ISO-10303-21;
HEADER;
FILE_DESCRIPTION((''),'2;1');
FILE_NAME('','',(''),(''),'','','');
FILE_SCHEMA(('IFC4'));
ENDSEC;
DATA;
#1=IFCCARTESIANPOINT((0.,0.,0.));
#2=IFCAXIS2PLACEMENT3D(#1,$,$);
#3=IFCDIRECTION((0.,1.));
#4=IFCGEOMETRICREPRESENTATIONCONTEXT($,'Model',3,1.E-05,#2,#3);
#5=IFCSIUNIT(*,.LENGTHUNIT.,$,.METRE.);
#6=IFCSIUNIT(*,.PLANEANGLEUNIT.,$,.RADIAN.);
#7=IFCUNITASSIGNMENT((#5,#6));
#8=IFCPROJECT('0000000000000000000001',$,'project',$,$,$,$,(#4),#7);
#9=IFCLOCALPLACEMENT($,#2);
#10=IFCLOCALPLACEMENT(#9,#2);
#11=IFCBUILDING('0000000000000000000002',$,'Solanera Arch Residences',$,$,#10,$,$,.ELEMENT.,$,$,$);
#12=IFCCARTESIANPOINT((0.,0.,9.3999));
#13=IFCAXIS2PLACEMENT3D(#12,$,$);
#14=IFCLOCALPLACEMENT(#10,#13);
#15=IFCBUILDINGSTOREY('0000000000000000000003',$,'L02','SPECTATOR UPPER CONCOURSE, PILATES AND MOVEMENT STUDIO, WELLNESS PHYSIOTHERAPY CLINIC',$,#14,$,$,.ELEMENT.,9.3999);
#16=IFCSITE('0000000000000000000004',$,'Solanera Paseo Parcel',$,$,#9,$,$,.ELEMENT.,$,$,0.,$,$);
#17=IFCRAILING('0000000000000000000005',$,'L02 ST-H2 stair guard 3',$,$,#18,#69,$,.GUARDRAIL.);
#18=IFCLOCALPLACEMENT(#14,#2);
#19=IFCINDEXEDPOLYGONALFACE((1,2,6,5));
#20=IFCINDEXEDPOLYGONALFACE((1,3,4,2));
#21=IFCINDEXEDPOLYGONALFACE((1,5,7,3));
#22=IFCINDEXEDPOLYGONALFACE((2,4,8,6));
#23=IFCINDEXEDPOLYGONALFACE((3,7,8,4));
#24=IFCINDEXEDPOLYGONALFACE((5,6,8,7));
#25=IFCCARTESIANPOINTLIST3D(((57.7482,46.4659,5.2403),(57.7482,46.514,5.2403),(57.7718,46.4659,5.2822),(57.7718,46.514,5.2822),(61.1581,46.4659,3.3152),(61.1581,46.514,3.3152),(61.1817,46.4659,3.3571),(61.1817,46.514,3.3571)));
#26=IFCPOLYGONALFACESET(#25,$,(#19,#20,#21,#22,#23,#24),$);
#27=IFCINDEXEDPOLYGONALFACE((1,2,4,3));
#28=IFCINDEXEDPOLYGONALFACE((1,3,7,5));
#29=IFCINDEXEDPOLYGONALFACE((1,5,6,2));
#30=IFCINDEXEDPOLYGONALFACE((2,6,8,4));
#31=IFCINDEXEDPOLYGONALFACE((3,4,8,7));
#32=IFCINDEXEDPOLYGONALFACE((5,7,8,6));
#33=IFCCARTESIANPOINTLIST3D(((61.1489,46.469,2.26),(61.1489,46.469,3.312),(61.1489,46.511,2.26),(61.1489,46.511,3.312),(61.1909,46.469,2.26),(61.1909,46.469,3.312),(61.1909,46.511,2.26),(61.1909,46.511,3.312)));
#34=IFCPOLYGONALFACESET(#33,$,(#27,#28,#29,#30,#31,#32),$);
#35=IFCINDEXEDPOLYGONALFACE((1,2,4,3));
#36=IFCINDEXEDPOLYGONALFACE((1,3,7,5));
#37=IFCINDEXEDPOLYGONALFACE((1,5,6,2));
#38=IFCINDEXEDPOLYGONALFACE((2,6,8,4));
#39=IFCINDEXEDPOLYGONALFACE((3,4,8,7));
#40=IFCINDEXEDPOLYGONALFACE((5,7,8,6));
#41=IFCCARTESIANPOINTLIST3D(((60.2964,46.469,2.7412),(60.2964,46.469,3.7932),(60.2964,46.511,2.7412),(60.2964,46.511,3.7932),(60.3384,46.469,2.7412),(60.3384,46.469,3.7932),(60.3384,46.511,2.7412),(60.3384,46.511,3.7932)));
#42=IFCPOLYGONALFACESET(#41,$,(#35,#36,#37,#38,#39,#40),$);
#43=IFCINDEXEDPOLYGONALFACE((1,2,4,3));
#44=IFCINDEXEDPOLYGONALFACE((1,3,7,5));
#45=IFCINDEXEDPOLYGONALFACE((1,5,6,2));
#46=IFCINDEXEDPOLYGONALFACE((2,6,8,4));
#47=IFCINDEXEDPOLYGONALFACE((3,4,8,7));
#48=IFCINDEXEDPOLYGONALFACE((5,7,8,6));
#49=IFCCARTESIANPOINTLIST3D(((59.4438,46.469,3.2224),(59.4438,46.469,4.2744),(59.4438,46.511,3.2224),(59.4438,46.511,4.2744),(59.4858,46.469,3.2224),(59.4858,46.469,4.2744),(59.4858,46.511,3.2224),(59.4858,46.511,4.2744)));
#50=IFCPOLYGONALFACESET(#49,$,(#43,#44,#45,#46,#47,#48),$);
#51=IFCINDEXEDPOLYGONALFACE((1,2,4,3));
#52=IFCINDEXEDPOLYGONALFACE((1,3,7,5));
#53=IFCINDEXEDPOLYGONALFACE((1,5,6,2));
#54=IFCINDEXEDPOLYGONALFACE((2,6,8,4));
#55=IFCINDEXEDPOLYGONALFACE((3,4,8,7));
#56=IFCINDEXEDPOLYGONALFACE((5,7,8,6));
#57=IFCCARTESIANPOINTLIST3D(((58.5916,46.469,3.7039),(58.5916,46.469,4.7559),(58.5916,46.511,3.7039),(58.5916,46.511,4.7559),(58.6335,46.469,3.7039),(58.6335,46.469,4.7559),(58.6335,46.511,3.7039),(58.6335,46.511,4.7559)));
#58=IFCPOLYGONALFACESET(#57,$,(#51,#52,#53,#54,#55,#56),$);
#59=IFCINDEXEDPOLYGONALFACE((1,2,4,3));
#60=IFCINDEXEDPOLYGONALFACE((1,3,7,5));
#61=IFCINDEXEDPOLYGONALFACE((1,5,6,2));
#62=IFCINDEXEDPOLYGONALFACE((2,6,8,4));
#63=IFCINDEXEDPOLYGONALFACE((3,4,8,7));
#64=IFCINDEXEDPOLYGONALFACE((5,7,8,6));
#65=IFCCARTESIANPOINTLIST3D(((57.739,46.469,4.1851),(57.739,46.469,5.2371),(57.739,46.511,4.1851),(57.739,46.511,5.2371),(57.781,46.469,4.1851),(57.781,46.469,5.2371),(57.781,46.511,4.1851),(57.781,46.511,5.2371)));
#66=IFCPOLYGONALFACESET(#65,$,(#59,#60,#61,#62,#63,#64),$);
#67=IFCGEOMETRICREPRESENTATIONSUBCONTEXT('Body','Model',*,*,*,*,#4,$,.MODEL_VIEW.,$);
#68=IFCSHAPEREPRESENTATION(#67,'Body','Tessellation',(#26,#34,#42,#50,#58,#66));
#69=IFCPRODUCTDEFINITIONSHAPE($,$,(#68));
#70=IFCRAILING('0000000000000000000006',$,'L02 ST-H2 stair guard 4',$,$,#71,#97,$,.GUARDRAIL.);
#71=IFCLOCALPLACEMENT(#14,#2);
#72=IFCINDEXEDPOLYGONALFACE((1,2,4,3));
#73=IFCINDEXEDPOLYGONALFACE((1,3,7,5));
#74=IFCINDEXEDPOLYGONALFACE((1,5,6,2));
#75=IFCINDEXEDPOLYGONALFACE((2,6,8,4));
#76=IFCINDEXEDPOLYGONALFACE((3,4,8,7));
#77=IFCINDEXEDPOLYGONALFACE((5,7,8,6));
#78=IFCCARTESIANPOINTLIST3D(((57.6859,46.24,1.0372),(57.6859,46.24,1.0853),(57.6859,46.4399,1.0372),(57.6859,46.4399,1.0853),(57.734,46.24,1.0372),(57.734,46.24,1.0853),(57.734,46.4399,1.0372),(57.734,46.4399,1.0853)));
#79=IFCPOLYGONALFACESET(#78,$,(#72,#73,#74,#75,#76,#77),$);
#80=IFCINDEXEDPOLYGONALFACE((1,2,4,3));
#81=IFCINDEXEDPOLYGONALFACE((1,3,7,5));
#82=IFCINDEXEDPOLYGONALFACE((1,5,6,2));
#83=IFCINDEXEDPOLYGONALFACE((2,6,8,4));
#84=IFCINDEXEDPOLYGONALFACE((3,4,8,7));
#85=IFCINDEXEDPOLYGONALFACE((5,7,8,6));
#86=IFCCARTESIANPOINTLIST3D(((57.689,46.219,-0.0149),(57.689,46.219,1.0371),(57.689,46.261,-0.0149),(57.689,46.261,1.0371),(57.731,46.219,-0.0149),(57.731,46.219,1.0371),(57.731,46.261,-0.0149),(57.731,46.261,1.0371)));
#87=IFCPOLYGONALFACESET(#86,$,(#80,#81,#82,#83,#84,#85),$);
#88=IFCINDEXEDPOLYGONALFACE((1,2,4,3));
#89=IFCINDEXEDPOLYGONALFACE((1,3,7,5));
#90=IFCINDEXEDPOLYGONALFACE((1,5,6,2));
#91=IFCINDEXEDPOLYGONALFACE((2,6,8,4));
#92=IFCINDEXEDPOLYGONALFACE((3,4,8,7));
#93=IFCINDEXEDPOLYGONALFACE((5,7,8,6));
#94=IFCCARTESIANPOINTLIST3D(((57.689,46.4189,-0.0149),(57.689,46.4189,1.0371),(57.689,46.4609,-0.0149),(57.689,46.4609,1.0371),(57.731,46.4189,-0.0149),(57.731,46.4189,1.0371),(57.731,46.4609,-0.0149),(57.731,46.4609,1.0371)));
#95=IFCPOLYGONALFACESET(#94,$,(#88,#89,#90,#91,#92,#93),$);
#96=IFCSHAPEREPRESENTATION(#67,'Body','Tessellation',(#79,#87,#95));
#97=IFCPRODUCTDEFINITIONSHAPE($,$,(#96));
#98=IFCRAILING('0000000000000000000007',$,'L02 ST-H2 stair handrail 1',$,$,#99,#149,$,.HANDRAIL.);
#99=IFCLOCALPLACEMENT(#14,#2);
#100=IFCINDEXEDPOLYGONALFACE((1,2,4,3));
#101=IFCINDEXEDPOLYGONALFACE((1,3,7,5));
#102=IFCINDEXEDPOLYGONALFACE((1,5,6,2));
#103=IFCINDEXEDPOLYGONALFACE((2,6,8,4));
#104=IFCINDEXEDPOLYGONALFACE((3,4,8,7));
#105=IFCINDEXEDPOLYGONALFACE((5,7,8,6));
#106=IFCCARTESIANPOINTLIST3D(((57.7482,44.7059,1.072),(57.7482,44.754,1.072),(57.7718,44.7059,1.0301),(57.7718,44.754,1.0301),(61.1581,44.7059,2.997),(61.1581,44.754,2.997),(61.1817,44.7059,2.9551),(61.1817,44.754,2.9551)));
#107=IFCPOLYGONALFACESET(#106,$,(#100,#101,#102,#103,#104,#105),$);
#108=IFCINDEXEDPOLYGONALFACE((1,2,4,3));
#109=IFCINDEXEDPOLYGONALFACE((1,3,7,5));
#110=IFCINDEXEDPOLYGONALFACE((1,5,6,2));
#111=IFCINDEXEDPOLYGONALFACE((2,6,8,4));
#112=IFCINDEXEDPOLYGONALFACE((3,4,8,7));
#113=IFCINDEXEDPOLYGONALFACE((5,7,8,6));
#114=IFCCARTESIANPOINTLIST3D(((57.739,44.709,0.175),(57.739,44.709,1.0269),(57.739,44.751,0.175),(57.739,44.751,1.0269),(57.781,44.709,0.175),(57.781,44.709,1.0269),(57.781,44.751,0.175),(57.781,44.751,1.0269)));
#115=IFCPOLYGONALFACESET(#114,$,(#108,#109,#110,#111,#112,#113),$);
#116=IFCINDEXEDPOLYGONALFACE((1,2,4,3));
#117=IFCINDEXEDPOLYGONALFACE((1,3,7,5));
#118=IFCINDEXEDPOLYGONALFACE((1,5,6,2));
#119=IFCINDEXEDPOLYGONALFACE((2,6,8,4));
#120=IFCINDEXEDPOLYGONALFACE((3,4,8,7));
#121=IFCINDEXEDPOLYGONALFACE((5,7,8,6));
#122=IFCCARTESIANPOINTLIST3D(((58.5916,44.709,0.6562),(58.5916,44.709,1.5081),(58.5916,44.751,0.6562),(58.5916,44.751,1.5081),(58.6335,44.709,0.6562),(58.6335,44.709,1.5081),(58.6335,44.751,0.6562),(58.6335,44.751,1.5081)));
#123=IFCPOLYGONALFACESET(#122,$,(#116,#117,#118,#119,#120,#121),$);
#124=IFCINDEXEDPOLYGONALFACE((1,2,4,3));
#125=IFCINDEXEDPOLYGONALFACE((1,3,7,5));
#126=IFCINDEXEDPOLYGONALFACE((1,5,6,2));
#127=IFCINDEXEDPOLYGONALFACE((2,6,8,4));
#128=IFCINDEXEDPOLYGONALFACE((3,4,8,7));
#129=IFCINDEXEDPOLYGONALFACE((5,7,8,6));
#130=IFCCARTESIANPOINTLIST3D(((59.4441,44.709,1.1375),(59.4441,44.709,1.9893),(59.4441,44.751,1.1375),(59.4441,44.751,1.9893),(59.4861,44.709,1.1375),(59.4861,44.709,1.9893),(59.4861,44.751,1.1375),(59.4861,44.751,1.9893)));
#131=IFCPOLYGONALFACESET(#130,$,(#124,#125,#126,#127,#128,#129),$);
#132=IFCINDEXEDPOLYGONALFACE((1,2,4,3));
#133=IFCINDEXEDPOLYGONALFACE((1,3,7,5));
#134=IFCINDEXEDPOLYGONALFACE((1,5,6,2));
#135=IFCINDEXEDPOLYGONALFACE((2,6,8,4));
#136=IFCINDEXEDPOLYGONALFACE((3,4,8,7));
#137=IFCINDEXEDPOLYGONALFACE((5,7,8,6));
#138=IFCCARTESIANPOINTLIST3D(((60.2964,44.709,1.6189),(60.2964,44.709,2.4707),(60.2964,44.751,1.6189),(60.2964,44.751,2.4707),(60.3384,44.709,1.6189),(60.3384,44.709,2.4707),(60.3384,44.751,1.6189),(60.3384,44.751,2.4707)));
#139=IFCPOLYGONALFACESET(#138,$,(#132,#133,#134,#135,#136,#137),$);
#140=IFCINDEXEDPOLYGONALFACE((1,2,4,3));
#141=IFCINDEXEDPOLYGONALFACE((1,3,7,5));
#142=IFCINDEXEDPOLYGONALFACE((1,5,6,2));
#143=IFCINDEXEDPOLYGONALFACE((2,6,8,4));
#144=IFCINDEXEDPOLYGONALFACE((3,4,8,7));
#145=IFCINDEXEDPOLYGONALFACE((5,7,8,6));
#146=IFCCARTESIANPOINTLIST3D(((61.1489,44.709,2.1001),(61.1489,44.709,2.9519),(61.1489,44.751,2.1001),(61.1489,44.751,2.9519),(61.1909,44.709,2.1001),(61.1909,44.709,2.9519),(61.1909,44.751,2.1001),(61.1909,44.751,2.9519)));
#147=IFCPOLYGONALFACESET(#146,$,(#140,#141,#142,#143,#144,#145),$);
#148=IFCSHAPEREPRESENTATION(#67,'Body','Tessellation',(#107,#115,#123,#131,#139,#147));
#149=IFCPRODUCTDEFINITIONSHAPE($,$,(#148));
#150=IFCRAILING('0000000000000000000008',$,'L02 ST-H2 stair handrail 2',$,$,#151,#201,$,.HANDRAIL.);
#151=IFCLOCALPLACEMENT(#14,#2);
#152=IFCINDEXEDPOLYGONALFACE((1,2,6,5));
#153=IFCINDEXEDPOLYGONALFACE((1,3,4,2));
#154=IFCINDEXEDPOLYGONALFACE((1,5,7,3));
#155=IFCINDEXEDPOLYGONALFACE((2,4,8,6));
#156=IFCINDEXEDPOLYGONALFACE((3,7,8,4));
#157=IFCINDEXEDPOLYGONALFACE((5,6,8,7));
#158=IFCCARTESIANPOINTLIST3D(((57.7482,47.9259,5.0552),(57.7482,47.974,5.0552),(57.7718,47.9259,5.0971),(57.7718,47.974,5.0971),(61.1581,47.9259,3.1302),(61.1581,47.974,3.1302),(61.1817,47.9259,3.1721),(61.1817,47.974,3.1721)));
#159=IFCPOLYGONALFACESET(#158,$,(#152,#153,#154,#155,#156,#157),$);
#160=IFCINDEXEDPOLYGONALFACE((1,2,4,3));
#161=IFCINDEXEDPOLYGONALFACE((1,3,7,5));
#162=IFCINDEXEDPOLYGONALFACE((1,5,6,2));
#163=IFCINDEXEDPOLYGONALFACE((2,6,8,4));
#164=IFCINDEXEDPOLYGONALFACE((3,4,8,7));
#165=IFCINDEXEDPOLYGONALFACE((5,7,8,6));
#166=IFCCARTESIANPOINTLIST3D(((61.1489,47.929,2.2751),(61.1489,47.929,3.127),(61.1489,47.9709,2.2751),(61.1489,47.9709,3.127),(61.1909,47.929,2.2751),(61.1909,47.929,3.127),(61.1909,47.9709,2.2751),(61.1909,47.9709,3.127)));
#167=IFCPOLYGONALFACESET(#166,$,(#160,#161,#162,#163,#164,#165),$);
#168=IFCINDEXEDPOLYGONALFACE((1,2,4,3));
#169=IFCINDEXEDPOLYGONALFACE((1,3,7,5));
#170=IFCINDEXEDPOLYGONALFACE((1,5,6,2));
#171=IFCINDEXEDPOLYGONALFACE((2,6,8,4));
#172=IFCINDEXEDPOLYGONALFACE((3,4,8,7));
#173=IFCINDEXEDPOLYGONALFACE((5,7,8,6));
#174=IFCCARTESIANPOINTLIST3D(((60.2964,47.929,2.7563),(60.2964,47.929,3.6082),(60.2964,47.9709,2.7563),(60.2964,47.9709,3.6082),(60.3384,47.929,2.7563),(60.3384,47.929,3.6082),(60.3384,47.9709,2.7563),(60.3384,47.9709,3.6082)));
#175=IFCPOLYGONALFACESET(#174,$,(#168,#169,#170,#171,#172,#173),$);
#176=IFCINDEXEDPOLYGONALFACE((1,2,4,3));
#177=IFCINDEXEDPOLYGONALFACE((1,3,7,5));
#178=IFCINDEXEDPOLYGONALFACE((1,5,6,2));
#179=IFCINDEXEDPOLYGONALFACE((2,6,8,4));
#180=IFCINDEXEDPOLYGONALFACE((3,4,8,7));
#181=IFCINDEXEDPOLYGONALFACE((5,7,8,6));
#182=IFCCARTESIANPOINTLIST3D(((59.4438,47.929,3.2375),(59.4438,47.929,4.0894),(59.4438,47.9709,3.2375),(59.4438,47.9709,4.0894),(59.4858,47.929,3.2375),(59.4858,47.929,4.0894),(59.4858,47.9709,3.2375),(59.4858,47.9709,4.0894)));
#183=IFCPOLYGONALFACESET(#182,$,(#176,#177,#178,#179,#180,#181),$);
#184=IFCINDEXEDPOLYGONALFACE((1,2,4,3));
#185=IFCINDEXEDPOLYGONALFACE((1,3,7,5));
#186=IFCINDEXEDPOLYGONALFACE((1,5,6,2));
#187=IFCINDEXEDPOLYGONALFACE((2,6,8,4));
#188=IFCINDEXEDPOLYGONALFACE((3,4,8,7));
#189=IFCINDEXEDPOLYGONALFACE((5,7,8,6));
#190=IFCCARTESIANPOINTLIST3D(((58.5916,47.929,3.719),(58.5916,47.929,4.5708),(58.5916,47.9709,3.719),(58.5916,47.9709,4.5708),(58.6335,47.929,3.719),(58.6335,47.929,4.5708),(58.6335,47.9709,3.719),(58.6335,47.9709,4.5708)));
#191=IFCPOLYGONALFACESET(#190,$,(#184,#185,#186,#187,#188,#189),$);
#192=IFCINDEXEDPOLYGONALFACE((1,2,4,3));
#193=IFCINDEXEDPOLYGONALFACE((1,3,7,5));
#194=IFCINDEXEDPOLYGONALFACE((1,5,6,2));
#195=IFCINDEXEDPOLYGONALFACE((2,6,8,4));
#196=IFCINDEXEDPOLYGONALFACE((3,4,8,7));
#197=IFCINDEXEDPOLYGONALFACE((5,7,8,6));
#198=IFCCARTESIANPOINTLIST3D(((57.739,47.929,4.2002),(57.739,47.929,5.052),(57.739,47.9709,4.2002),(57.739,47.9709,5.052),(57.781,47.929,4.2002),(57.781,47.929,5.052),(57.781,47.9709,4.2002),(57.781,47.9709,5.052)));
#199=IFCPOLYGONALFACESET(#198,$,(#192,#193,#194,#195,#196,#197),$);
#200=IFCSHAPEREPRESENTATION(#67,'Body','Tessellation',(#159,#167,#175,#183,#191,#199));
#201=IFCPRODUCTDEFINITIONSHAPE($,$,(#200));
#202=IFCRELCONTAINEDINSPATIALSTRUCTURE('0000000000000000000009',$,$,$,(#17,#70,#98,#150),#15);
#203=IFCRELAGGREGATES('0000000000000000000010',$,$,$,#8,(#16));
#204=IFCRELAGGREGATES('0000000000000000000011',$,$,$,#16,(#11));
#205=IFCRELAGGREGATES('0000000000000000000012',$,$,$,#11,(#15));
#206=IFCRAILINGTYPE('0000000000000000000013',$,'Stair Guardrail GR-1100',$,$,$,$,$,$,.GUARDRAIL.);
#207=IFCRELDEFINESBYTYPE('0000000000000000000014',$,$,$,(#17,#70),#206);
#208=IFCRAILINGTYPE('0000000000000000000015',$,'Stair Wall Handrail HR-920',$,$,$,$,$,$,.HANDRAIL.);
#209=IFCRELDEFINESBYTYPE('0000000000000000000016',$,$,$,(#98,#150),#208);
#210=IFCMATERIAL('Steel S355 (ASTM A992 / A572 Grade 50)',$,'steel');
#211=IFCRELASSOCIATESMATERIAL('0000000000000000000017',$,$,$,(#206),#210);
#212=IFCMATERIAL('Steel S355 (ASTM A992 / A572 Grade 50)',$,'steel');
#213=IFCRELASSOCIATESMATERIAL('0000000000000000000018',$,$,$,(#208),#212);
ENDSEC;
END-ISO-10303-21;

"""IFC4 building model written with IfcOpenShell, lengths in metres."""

from ifc_helpers import new_model, si_unit, direction, frame, origin, origin_2d, place, context, subcontext, project, spatial, rectangle, extrude, material, type_object, element, save


model = new_model("IFC4")

# Units and contexts
model_context = context("Model", 3, precision=1e-05, world=origin(), true_north=direction((0.0, 1.0)))
body_context = subcontext(model_context, "Body", "Model", "MODEL_VIEW")
ifc_project = project(units=[si_unit("LENGTHUNIT", "METRE"), si_unit("PLANEANGLEUNIT", "RADIAN")], contexts=[model_context])

# Site, building, storey
site_placement = place(None, origin())
site = spatial("IfcSite", under=ifc_project, at=site_placement, Name="Solanera Paseo Parcel", CompositionType="ELEMENT", RefElevation=0.0)
building_placement = place(site_placement, origin())
building = spatial("IfcBuilding", under=site, at=building_placement, Name="Solanera Arch Residences", CompositionType="ELEMENT")
storey_placement = place(building_placement, frame((0.0, 0.0, 9.3999)))
storey = spatial("IfcBuildingStorey", under=building, at=storey_placement, Name="L02", Description="SPECTATOR UPPER CONCOURSE, PILATES AND MOVEMENT STUDIO, WELLNESS PHYSIOTHERAPY CLINIC", CompositionType="ELEMENT", Elevation=9.3999)

# Railings
ifc_material_1 = material(Name="Steel S355 (ASTM A992 / A572 Grade 50)", Category="steel")
railing_type_1 = type_object("IfcRailingType", Name="Stair Guardrail GR-1100", PredefinedType="GUARDRAIL", material=ifc_material_1)
railing_1_placement = place(storey_placement, frame((61.1699, 46.49, 2.26)))
element("IfcRailing", 1, at=railing_1_placement, inside=storey, type_object=railing_type_1, Name="L02 ST-H2 stair guard 3", PredefinedType="GUARDRAIL", context=body_context, shape_type="SweptSolid", body=[
    extrude(rectangle(XDim=0.0481, YDim=0.0481, at=origin_2d()), frame((0.0, 0.0, 1.0762), z_axis=(-0.870814, 0.0, 0.491613), x_axis=(0.0, -1.0, 0.0)), (0.0, 0.0, 1.0), 3.9158),
    extrude(rectangle(XDim=0.042, YDim=0.042, at=origin_2d()), origin(), (0.0, 0.0, 1.0), 1.052),
    extrude(rectangle(XDim=0.042, YDim=0.042, at=origin_2d()), frame((-0.8525, 0.0, 0.4812)), (0.0, 0.0, 1.0), 1.052),
    extrude(rectangle(XDim=0.042, YDim=0.042, at=origin_2d()), frame((-1.7051, 0.0, 0.9624)), (0.0, 0.0, 1.0), 1.052),
    extrude(rectangle(XDim=0.042, YDim=0.042, at=origin_2d()), frame((-2.5574, 0.0, 1.4438)), (0.0, 0.0, 1.0), 1.052),
    extrude(rectangle(XDim=0.042, YDim=0.042, at=origin_2d()), frame((-3.4099, 0.0, 1.925)), (0.0, 0.0, 1.0), 1.052),
])
railing_2_placement = place(storey_placement, frame((57.71, 46.24, -0.0149)))
element("IfcRailing", 2, at=railing_2_placement, inside=storey, type_object=railing_type_1, Name="L02 ST-H2 stair guard 4", PredefinedType="GUARDRAIL", context=body_context, shape_type="SweptSolid", body=[
    extrude(rectangle(XDim=0.0481, YDim=0.0481, at=origin_2d()), frame((0.0, 0.0, 1.0762), z_axis=(0.0, 1.0, 0.0), x_axis=(-1.0, 0.0, 0.0)), (0.0, 0.0, 1.0), 0.2),
    extrude(rectangle(XDim=0.042, YDim=0.042, at=origin_2d()), origin(), (0.0, 0.0, 1.0), 1.052),
    extrude(rectangle(XDim=0.042, YDim=0.042, at=origin_2d()), frame((0.0, 0.2, 0.0)), (0.0, 0.0, 1.0), 1.052),
])
ifc_material_2 = material(Name="Steel S355 (ASTM A992 / A572 Grade 50)", Category="steel")
railing_type_2 = type_object("IfcRailingType", Name="Stair Wall Handrail HR-920", PredefinedType="HANDRAIL", material=ifc_material_2)
railing_3_placement = place(storey_placement, frame((57.76, 44.73, 0.175)))
element("IfcRailing", 3, at=railing_3_placement, inside=storey, type_object=railing_type_2, Name="L02 ST-H2 stair handrail 1", PredefinedType="HANDRAIL", context=body_context, shape_type="SweptSolid", body=[
    extrude(rectangle(XDim=0.0481, YDim=0.0481, at=origin_2d()), frame((0.0, 0.0, 0.876), z_axis=(0.870814, 0.0, 0.491613), x_axis=(0.0, 1.0, 0.0)), (0.0, 0.0, 1.0), 3.9158),
    extrude(rectangle(XDim=0.042, YDim=0.042, at=origin_2d()), origin(), (0.0, 0.0, 1.0), 0.8518),
    extrude(rectangle(XDim=0.042, YDim=0.042, at=origin_2d()), frame((0.8525, 0.0, 0.4812)), (0.0, 0.0, 1.0), 0.8518),
    extrude(rectangle(XDim=0.042, YDim=0.042, at=origin_2d()), frame((1.7051, 0.0, 0.9624)), (0.0, 0.0, 1.0), 0.8518),
    extrude(rectangle(XDim=0.042, YDim=0.042, at=origin_2d()), frame((2.5574, 0.0, 1.4438)), (0.0, 0.0, 1.0), 0.8518),
    extrude(rectangle(XDim=0.042, YDim=0.042, at=origin_2d()), frame((3.4099, 0.0, 1.925)), (0.0, 0.0, 1.0), 0.8518),
])
railing_4_placement = place(storey_placement, frame((61.1699, 47.95, 2.2751)))
element("IfcRailing", 4, at=railing_4_placement, inside=storey, type_object=railing_type_2, Name="L02 ST-H2 stair handrail 2", PredefinedType="HANDRAIL", context=body_context, shape_type="SweptSolid", body=[
    extrude(rectangle(XDim=0.0481, YDim=0.0481, at=origin_2d()), frame((0.0, 0.0, 0.876), z_axis=(-0.870814, 0.0, 0.491613), x_axis=(0.0, -1.0, 0.0)), (0.0, 0.0, 1.0), 3.9158),
    extrude(rectangle(XDim=0.042, YDim=0.042, at=origin_2d()), origin(), (0.0, 0.0, 1.0), 0.8518),
    extrude(rectangle(XDim=0.042, YDim=0.042, at=origin_2d()), frame((-0.8525, 0.0, 0.4812)), (0.0, 0.0, 1.0), 0.8518),
    extrude(rectangle(XDim=0.042, YDim=0.042, at=origin_2d()), frame((-1.7051, 0.0, 0.9624)), (0.0, 0.0, 1.0), 0.8518),
    extrude(rectangle(XDim=0.042, YDim=0.042, at=origin_2d()), frame((-2.5574, 0.0, 1.4438)), (0.0, 0.0, 1.0), 0.8518),
    extrude(rectangle(XDim=0.042, YDim=0.042, at=origin_2d()), frame((-3.4099, 0.0, 1.925)), (0.0, 0.0, 1.0), 0.8518),
])

save(model, "model.ifc")
